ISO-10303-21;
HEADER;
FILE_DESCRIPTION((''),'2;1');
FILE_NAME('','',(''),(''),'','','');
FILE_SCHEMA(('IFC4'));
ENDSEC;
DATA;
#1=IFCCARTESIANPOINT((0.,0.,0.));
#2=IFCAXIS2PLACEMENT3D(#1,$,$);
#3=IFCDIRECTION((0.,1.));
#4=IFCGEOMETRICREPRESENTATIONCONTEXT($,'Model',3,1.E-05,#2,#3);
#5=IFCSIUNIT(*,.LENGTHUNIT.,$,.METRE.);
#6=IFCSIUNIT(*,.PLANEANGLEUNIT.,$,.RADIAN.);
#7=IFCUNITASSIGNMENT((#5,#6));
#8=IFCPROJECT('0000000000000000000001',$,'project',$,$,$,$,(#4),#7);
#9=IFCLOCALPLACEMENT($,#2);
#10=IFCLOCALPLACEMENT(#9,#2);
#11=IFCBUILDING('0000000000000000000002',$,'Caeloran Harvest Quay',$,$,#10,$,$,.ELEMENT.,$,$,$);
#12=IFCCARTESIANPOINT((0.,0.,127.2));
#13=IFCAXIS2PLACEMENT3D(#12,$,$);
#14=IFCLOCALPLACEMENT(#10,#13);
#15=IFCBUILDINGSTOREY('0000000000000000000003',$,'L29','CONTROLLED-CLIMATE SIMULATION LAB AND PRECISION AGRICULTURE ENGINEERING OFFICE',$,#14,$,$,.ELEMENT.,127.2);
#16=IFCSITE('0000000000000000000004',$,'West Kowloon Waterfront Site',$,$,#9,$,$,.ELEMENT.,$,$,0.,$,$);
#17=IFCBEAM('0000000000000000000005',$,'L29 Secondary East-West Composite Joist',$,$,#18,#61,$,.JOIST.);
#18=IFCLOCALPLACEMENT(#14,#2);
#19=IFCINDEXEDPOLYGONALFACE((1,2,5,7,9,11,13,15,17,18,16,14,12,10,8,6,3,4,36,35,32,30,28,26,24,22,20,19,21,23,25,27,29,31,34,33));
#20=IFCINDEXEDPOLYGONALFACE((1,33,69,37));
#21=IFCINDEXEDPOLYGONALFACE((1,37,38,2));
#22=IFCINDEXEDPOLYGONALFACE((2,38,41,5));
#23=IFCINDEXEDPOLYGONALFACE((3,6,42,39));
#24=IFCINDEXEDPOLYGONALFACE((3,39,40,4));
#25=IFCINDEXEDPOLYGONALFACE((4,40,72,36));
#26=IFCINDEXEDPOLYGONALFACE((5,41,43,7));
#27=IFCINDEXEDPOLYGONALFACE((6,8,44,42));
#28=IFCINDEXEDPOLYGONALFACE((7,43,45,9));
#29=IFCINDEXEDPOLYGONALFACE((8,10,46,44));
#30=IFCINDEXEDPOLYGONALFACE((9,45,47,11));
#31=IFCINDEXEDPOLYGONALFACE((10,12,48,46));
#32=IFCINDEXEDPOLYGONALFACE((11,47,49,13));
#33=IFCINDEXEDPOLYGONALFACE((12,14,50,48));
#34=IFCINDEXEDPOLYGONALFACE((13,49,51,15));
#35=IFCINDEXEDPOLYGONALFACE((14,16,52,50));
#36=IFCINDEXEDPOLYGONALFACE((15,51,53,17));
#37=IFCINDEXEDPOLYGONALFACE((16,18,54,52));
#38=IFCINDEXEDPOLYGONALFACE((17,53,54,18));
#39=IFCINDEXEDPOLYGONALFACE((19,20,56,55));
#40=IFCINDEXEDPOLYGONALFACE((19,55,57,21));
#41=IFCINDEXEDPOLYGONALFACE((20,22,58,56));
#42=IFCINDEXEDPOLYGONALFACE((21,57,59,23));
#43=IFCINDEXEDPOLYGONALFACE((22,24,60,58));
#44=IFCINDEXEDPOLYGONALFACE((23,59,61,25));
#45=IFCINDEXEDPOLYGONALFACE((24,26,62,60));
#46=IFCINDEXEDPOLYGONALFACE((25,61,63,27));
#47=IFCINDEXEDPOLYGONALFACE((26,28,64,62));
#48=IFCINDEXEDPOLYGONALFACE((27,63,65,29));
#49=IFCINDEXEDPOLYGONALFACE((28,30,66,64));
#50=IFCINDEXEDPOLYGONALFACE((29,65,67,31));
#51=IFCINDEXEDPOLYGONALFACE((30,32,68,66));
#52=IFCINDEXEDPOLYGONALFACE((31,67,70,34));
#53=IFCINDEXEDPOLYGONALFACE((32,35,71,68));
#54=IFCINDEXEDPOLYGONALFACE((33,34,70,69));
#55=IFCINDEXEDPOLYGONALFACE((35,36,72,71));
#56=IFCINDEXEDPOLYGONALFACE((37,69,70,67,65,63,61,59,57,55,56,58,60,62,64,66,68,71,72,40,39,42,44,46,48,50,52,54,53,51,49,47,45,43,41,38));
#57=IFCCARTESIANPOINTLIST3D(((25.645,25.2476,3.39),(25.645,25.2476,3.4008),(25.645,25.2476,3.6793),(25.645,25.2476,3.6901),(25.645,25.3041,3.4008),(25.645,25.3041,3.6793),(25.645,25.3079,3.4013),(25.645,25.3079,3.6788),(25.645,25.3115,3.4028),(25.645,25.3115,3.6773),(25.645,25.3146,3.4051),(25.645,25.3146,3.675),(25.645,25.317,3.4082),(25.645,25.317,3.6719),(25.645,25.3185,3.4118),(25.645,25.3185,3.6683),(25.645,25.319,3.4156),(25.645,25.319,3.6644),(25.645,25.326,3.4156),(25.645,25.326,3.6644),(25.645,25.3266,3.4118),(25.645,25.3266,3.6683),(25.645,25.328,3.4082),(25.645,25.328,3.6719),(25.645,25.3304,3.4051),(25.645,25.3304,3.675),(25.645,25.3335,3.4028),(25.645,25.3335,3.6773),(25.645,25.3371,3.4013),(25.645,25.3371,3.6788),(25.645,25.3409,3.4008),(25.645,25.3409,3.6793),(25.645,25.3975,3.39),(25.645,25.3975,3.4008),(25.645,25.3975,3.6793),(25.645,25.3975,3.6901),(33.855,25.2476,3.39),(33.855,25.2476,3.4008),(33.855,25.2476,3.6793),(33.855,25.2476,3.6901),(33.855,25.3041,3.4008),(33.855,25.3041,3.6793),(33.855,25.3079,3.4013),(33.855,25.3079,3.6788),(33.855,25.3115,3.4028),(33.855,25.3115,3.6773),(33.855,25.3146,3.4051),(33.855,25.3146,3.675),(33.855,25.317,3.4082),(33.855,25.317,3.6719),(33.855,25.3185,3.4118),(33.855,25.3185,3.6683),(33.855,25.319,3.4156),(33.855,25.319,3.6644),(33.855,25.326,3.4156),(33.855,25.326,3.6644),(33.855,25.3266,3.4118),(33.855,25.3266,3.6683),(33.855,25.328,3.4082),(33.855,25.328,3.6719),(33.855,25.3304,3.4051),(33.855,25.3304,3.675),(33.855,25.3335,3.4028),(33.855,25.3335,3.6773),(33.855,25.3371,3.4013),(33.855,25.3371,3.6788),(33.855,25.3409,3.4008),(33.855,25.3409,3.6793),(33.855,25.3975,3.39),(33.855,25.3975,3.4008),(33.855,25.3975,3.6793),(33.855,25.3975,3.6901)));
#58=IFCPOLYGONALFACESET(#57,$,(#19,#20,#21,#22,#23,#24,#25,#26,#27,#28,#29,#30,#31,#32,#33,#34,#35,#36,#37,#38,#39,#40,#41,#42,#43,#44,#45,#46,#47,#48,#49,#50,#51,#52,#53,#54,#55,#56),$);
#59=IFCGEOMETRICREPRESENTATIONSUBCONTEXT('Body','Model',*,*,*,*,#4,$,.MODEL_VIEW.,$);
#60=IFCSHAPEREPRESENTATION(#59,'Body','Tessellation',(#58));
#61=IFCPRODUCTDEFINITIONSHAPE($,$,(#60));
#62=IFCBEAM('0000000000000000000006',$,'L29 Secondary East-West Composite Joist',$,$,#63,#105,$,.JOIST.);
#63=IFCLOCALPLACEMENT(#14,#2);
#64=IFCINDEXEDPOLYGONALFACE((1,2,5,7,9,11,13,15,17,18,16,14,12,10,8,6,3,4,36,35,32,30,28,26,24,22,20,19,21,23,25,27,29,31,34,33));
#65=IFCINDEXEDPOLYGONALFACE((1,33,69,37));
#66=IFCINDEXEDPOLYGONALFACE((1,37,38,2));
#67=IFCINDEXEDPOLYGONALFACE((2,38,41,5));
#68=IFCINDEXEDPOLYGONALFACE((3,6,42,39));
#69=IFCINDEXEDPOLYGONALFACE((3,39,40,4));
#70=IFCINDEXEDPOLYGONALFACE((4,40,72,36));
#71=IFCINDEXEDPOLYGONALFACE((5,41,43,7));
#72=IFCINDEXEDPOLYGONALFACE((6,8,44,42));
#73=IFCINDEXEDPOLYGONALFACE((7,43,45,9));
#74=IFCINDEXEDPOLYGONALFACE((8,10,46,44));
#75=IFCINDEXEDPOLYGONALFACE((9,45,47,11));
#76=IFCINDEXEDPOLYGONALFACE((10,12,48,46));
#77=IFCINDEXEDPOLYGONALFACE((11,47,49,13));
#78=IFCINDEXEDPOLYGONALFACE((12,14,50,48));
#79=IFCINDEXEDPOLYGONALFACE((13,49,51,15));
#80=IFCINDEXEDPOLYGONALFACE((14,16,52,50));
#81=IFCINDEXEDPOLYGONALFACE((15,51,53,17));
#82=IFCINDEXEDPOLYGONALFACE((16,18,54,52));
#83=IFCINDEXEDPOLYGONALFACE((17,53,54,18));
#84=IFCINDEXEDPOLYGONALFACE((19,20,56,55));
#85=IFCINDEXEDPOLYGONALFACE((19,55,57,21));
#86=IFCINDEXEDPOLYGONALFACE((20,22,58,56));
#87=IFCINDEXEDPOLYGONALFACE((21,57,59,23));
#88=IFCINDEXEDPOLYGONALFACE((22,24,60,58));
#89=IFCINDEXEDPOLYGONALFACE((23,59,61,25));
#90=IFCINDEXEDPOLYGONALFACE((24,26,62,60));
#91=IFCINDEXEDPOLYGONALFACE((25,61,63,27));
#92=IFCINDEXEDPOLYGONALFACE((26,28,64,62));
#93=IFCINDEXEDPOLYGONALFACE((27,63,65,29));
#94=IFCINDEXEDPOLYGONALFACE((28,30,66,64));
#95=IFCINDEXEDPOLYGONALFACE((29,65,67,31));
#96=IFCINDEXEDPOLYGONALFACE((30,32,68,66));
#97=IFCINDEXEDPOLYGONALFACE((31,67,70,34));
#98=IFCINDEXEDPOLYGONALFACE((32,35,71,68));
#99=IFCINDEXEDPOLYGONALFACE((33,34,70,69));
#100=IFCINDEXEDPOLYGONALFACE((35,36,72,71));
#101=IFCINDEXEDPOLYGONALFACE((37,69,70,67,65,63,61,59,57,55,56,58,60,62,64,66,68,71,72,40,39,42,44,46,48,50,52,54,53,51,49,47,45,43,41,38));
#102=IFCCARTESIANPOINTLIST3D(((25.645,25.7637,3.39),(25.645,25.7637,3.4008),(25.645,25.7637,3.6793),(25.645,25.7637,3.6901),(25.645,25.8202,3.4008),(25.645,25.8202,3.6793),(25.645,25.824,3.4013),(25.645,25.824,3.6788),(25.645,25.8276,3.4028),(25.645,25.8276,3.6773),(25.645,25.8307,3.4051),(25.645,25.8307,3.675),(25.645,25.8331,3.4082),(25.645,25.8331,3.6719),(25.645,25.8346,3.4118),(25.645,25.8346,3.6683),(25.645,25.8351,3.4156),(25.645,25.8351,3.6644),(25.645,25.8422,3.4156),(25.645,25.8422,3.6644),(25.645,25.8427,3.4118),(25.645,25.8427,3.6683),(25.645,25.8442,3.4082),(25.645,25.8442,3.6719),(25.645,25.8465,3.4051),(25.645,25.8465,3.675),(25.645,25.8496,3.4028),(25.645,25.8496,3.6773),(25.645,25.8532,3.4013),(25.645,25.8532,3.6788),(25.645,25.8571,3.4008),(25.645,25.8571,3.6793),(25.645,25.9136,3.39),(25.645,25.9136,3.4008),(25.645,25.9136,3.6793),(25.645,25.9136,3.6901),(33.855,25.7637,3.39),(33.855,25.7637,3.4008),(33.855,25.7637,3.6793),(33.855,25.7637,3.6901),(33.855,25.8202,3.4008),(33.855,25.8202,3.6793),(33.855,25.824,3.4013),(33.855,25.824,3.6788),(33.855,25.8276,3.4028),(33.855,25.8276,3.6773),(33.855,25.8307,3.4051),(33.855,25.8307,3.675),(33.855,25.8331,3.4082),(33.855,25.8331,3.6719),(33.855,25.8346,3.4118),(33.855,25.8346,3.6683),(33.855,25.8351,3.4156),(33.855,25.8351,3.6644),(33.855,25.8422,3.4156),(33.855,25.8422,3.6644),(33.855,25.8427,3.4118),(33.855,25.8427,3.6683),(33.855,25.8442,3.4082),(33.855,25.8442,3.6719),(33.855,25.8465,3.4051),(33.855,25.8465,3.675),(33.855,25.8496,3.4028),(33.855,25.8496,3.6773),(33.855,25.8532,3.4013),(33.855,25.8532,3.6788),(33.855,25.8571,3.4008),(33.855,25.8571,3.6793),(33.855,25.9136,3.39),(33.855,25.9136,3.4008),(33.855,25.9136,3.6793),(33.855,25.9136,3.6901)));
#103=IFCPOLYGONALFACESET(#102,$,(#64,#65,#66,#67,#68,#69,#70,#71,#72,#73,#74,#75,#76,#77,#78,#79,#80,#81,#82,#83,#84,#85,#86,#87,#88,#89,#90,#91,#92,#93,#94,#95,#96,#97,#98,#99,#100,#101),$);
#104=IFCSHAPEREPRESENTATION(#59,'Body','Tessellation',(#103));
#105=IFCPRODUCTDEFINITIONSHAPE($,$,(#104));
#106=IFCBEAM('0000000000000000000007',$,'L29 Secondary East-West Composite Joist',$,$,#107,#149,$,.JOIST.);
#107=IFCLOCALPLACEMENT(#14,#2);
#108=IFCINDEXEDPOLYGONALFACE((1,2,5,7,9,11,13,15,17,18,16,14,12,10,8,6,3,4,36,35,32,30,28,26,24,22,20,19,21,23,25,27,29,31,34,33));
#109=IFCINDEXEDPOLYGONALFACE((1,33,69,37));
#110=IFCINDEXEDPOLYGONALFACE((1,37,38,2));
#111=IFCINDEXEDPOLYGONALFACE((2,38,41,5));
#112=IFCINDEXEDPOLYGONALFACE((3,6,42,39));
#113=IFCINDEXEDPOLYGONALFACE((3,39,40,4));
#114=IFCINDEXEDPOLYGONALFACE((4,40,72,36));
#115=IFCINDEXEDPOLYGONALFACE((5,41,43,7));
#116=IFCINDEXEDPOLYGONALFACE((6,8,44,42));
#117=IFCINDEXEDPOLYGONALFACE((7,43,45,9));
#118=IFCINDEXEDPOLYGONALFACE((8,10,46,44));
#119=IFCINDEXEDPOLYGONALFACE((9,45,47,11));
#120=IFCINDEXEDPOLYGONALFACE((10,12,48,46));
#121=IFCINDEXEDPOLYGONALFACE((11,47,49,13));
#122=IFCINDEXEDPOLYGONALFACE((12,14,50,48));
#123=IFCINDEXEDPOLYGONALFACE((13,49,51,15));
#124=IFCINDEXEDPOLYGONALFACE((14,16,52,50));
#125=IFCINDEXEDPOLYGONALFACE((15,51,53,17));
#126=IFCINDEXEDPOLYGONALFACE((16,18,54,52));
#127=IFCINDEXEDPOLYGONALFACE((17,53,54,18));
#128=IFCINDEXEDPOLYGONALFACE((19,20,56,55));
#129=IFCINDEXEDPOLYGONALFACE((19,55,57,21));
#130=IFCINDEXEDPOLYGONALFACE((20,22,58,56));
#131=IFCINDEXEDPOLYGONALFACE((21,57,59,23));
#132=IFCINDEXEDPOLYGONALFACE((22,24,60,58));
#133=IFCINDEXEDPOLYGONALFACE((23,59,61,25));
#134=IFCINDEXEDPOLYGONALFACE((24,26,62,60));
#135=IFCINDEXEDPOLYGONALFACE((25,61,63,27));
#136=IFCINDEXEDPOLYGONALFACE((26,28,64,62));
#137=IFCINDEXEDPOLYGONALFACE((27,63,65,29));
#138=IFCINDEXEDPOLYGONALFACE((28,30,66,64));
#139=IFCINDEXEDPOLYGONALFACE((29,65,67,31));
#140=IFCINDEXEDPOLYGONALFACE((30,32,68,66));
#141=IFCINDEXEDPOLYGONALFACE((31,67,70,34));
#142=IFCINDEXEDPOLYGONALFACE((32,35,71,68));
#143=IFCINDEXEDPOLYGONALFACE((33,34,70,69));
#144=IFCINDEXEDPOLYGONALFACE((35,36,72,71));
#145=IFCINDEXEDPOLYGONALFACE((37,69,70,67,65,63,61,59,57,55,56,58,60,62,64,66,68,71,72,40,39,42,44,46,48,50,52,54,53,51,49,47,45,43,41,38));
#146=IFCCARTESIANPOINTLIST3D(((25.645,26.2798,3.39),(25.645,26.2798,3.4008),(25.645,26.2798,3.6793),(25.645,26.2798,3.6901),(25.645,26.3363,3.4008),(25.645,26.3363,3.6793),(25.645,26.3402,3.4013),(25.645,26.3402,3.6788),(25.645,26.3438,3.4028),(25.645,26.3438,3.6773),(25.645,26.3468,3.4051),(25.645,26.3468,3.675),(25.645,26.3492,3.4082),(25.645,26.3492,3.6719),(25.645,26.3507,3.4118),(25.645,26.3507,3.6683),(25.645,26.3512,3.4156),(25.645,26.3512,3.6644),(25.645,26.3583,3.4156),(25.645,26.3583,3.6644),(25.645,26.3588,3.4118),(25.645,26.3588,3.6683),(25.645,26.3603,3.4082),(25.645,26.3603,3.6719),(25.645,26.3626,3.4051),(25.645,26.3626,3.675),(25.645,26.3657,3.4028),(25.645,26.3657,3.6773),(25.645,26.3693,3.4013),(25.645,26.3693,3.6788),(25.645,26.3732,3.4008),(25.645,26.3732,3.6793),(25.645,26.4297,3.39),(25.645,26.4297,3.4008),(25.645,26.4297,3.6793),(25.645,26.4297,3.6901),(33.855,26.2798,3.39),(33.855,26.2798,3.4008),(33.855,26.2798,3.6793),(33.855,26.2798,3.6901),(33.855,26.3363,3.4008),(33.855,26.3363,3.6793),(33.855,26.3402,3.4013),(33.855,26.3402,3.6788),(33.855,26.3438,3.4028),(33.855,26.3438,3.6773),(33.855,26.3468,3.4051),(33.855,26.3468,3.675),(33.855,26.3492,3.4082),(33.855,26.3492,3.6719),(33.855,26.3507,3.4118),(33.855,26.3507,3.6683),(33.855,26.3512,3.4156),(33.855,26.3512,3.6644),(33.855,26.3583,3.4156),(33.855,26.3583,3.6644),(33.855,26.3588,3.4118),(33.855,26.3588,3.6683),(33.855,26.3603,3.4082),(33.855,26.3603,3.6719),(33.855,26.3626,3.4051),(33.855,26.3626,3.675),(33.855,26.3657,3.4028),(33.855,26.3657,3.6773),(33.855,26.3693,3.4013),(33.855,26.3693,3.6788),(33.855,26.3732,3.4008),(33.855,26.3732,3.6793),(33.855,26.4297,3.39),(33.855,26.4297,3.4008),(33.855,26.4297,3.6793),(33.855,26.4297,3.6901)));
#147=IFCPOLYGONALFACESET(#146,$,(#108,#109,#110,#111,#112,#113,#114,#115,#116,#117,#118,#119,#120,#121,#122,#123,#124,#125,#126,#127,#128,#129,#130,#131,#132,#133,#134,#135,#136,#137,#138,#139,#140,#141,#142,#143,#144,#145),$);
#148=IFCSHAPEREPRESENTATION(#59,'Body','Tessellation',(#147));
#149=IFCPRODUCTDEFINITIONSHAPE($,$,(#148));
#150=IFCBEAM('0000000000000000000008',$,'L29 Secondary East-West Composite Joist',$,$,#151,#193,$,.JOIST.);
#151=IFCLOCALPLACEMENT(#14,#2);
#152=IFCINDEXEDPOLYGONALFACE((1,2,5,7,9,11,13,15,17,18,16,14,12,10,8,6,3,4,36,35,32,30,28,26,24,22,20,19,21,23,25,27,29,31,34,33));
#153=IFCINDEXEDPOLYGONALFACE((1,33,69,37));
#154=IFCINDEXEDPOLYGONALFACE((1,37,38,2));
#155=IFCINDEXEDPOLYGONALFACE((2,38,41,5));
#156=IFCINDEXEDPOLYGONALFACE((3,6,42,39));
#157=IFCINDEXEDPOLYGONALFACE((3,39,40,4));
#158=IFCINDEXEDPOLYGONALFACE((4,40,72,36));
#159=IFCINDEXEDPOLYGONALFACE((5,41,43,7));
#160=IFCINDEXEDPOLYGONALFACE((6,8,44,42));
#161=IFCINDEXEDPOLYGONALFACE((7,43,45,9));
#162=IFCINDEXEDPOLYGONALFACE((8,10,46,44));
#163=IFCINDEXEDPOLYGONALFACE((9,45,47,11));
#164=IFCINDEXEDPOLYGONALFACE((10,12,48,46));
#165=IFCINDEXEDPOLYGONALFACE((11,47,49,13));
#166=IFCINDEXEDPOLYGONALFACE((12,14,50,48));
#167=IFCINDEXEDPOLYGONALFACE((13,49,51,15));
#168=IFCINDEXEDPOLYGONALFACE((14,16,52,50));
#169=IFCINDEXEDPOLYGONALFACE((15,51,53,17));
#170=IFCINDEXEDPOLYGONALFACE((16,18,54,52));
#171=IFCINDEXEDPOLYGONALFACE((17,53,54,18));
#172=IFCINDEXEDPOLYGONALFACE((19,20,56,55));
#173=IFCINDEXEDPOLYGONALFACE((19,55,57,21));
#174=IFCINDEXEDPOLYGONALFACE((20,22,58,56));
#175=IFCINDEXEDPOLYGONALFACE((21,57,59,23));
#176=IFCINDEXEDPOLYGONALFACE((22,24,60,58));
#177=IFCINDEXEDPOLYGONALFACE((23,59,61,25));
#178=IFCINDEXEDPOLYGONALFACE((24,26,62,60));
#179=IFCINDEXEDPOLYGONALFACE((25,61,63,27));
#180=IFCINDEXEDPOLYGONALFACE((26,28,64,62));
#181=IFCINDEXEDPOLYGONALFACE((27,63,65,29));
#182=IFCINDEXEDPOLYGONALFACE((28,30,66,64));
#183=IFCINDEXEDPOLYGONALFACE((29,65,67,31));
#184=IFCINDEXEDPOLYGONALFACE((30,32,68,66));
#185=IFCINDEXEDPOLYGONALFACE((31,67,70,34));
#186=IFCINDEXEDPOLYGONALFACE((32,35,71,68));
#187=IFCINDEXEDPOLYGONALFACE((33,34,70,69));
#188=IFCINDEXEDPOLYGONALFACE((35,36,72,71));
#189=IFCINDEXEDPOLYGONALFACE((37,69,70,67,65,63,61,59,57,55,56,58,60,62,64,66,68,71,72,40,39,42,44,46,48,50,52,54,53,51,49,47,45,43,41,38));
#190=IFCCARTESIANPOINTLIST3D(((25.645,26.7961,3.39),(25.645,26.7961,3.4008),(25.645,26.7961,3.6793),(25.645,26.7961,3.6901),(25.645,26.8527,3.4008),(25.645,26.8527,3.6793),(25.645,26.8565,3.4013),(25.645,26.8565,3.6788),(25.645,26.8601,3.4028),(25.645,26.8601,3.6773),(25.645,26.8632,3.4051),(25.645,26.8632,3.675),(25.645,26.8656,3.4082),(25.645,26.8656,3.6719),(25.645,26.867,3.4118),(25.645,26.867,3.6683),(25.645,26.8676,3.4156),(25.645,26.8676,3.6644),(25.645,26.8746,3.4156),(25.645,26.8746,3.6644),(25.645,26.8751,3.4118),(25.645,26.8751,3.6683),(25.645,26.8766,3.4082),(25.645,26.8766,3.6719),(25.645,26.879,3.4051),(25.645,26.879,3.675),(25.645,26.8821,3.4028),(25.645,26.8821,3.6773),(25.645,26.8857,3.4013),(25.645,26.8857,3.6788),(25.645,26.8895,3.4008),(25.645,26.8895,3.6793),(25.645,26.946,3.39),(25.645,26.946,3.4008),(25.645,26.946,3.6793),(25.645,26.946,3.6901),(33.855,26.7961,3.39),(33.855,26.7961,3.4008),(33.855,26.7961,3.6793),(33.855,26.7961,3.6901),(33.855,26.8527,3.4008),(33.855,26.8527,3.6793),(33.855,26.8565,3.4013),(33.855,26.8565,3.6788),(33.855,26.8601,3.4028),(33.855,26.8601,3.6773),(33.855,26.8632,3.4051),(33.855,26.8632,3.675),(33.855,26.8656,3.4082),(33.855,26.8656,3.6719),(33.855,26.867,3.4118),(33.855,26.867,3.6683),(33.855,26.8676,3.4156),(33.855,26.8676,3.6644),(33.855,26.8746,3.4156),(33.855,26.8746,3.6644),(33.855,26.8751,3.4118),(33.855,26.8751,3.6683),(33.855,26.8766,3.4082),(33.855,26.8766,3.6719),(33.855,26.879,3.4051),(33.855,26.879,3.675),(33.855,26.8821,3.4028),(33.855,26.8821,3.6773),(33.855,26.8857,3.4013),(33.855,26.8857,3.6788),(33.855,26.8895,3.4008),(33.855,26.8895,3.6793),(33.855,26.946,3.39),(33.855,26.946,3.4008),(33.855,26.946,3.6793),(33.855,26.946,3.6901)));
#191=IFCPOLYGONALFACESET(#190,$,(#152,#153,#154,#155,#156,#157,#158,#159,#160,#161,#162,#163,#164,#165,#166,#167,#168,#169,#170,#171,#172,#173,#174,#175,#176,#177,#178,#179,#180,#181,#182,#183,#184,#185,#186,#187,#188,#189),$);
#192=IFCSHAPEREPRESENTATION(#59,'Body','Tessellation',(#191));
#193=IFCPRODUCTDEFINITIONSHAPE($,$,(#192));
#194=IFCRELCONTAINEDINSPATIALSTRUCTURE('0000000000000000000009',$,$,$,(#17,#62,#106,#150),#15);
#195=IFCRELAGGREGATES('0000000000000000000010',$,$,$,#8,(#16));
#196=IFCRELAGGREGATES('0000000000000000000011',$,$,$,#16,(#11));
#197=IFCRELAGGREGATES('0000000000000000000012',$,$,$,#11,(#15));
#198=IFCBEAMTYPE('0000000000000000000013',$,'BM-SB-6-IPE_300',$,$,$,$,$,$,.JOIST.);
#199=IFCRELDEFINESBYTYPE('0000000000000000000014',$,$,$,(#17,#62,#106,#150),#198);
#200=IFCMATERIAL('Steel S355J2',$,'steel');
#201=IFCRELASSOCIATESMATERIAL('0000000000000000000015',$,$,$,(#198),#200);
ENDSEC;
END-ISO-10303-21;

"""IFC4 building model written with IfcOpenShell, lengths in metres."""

from ifc_helpers import new_model, si_unit, direction, frame, origin, origin_2d, place, context, subcontext, project, spatial, i_section, extrude, material, material_profile, profile_set, type_object, element, save


model = new_model("IFC4")

# Units and contexts
model_context = context("Model", 3, precision=1e-05, world=origin(), true_north=direction((0.0, 1.0)))
body_context = subcontext(model_context, "Body", "Model", "MODEL_VIEW")
ifc_project = project(units=[si_unit("LENGTHUNIT", "METRE"), si_unit("PLANEANGLEUNIT", "RADIAN")], contexts=[model_context])

# Site, building, storey
site_placement = place(None, origin())
site = spatial("IfcSite", under=ifc_project, at=site_placement, Name="West Kowloon Waterfront Site", CompositionType="ELEMENT", RefElevation=0.0)
building_placement = place(site_placement, origin())
building = spatial("IfcBuilding", under=site, at=building_placement, Name="Caeloran Harvest Quay", CompositionType="ELEMENT")
storey_placement = place(building_placement, frame((0.0, 0.0, 127.2)))
storey = spatial("IfcBuildingStorey", under=building, at=storey_placement, Name="L29", Description="CONTROLLED-CLIMATE SIMULATION LAB AND PRECISION AGRICULTURE ENGINEERING OFFICE", CompositionType="ELEMENT", Elevation=127.2)

# Beams
ifc_material = material(Name="Steel S355J2", Category="steel")
ifc_material_profile_1 = material_profile(ifc_material, i_section(OverallWidth=0.1499, OverallDepth=0.3, WebThickness=0.0071, FlangeThickness=0.0107, FilletRadius=0.0149, at=origin_2d()), Name="IPE 300")
ifc_profile_set_1 = profile_set([ifc_material_profile_1], Name="Steel S355J2")
beam_type_1 = type_object("IfcBeamType", Name="BM-SB-6-IPE_300", PredefinedType="JOIST", material=ifc_profile_set_1)
for number, where, z_axis, x_axis, name in (
    (1, (25.645, 25.3225, 3.54), (1.0, 0.0, 0.0), (0.0, 1.0, 0.0), "L29 Secondary East-West Composite Joist"),
    (2, (25.645, 25.8386, 3.54), (1.0, 0.0, 0.0), (0.0, 1.0, 0.0), "L29 Secondary East-West Composite Joist"),
    (3, (25.645, 26.3547, 3.54), (1.0, 0.0, 0.0), (0.0, 1.0, 0.0), "L29 Secondary East-West Composite Joist"),
    (4, (25.645, 26.8711, 3.54), (1.0, 0.0, 0.0), (0.0, 1.0, 0.0), "L29 Secondary East-West Composite Joist"),
):
    element("IfcBeam", number, at=place(storey_placement, frame(where, z_axis=z_axis, x_axis=x_axis)), inside=storey, type_object=beam_type_1, Name=name, PredefinedType="JOIST", context=body_context, shape_type="SweptSolid", body=[
        extrude(i_section(OverallWidth=0.1499, OverallDepth=0.3, WebThickness=0.0071, FlangeThickness=0.0107, FilletRadius=0.0149, at=origin_2d()), origin(), (0.0, 0.0, 1.0), 8.21),
    ])

save(model, "model.ifc")
